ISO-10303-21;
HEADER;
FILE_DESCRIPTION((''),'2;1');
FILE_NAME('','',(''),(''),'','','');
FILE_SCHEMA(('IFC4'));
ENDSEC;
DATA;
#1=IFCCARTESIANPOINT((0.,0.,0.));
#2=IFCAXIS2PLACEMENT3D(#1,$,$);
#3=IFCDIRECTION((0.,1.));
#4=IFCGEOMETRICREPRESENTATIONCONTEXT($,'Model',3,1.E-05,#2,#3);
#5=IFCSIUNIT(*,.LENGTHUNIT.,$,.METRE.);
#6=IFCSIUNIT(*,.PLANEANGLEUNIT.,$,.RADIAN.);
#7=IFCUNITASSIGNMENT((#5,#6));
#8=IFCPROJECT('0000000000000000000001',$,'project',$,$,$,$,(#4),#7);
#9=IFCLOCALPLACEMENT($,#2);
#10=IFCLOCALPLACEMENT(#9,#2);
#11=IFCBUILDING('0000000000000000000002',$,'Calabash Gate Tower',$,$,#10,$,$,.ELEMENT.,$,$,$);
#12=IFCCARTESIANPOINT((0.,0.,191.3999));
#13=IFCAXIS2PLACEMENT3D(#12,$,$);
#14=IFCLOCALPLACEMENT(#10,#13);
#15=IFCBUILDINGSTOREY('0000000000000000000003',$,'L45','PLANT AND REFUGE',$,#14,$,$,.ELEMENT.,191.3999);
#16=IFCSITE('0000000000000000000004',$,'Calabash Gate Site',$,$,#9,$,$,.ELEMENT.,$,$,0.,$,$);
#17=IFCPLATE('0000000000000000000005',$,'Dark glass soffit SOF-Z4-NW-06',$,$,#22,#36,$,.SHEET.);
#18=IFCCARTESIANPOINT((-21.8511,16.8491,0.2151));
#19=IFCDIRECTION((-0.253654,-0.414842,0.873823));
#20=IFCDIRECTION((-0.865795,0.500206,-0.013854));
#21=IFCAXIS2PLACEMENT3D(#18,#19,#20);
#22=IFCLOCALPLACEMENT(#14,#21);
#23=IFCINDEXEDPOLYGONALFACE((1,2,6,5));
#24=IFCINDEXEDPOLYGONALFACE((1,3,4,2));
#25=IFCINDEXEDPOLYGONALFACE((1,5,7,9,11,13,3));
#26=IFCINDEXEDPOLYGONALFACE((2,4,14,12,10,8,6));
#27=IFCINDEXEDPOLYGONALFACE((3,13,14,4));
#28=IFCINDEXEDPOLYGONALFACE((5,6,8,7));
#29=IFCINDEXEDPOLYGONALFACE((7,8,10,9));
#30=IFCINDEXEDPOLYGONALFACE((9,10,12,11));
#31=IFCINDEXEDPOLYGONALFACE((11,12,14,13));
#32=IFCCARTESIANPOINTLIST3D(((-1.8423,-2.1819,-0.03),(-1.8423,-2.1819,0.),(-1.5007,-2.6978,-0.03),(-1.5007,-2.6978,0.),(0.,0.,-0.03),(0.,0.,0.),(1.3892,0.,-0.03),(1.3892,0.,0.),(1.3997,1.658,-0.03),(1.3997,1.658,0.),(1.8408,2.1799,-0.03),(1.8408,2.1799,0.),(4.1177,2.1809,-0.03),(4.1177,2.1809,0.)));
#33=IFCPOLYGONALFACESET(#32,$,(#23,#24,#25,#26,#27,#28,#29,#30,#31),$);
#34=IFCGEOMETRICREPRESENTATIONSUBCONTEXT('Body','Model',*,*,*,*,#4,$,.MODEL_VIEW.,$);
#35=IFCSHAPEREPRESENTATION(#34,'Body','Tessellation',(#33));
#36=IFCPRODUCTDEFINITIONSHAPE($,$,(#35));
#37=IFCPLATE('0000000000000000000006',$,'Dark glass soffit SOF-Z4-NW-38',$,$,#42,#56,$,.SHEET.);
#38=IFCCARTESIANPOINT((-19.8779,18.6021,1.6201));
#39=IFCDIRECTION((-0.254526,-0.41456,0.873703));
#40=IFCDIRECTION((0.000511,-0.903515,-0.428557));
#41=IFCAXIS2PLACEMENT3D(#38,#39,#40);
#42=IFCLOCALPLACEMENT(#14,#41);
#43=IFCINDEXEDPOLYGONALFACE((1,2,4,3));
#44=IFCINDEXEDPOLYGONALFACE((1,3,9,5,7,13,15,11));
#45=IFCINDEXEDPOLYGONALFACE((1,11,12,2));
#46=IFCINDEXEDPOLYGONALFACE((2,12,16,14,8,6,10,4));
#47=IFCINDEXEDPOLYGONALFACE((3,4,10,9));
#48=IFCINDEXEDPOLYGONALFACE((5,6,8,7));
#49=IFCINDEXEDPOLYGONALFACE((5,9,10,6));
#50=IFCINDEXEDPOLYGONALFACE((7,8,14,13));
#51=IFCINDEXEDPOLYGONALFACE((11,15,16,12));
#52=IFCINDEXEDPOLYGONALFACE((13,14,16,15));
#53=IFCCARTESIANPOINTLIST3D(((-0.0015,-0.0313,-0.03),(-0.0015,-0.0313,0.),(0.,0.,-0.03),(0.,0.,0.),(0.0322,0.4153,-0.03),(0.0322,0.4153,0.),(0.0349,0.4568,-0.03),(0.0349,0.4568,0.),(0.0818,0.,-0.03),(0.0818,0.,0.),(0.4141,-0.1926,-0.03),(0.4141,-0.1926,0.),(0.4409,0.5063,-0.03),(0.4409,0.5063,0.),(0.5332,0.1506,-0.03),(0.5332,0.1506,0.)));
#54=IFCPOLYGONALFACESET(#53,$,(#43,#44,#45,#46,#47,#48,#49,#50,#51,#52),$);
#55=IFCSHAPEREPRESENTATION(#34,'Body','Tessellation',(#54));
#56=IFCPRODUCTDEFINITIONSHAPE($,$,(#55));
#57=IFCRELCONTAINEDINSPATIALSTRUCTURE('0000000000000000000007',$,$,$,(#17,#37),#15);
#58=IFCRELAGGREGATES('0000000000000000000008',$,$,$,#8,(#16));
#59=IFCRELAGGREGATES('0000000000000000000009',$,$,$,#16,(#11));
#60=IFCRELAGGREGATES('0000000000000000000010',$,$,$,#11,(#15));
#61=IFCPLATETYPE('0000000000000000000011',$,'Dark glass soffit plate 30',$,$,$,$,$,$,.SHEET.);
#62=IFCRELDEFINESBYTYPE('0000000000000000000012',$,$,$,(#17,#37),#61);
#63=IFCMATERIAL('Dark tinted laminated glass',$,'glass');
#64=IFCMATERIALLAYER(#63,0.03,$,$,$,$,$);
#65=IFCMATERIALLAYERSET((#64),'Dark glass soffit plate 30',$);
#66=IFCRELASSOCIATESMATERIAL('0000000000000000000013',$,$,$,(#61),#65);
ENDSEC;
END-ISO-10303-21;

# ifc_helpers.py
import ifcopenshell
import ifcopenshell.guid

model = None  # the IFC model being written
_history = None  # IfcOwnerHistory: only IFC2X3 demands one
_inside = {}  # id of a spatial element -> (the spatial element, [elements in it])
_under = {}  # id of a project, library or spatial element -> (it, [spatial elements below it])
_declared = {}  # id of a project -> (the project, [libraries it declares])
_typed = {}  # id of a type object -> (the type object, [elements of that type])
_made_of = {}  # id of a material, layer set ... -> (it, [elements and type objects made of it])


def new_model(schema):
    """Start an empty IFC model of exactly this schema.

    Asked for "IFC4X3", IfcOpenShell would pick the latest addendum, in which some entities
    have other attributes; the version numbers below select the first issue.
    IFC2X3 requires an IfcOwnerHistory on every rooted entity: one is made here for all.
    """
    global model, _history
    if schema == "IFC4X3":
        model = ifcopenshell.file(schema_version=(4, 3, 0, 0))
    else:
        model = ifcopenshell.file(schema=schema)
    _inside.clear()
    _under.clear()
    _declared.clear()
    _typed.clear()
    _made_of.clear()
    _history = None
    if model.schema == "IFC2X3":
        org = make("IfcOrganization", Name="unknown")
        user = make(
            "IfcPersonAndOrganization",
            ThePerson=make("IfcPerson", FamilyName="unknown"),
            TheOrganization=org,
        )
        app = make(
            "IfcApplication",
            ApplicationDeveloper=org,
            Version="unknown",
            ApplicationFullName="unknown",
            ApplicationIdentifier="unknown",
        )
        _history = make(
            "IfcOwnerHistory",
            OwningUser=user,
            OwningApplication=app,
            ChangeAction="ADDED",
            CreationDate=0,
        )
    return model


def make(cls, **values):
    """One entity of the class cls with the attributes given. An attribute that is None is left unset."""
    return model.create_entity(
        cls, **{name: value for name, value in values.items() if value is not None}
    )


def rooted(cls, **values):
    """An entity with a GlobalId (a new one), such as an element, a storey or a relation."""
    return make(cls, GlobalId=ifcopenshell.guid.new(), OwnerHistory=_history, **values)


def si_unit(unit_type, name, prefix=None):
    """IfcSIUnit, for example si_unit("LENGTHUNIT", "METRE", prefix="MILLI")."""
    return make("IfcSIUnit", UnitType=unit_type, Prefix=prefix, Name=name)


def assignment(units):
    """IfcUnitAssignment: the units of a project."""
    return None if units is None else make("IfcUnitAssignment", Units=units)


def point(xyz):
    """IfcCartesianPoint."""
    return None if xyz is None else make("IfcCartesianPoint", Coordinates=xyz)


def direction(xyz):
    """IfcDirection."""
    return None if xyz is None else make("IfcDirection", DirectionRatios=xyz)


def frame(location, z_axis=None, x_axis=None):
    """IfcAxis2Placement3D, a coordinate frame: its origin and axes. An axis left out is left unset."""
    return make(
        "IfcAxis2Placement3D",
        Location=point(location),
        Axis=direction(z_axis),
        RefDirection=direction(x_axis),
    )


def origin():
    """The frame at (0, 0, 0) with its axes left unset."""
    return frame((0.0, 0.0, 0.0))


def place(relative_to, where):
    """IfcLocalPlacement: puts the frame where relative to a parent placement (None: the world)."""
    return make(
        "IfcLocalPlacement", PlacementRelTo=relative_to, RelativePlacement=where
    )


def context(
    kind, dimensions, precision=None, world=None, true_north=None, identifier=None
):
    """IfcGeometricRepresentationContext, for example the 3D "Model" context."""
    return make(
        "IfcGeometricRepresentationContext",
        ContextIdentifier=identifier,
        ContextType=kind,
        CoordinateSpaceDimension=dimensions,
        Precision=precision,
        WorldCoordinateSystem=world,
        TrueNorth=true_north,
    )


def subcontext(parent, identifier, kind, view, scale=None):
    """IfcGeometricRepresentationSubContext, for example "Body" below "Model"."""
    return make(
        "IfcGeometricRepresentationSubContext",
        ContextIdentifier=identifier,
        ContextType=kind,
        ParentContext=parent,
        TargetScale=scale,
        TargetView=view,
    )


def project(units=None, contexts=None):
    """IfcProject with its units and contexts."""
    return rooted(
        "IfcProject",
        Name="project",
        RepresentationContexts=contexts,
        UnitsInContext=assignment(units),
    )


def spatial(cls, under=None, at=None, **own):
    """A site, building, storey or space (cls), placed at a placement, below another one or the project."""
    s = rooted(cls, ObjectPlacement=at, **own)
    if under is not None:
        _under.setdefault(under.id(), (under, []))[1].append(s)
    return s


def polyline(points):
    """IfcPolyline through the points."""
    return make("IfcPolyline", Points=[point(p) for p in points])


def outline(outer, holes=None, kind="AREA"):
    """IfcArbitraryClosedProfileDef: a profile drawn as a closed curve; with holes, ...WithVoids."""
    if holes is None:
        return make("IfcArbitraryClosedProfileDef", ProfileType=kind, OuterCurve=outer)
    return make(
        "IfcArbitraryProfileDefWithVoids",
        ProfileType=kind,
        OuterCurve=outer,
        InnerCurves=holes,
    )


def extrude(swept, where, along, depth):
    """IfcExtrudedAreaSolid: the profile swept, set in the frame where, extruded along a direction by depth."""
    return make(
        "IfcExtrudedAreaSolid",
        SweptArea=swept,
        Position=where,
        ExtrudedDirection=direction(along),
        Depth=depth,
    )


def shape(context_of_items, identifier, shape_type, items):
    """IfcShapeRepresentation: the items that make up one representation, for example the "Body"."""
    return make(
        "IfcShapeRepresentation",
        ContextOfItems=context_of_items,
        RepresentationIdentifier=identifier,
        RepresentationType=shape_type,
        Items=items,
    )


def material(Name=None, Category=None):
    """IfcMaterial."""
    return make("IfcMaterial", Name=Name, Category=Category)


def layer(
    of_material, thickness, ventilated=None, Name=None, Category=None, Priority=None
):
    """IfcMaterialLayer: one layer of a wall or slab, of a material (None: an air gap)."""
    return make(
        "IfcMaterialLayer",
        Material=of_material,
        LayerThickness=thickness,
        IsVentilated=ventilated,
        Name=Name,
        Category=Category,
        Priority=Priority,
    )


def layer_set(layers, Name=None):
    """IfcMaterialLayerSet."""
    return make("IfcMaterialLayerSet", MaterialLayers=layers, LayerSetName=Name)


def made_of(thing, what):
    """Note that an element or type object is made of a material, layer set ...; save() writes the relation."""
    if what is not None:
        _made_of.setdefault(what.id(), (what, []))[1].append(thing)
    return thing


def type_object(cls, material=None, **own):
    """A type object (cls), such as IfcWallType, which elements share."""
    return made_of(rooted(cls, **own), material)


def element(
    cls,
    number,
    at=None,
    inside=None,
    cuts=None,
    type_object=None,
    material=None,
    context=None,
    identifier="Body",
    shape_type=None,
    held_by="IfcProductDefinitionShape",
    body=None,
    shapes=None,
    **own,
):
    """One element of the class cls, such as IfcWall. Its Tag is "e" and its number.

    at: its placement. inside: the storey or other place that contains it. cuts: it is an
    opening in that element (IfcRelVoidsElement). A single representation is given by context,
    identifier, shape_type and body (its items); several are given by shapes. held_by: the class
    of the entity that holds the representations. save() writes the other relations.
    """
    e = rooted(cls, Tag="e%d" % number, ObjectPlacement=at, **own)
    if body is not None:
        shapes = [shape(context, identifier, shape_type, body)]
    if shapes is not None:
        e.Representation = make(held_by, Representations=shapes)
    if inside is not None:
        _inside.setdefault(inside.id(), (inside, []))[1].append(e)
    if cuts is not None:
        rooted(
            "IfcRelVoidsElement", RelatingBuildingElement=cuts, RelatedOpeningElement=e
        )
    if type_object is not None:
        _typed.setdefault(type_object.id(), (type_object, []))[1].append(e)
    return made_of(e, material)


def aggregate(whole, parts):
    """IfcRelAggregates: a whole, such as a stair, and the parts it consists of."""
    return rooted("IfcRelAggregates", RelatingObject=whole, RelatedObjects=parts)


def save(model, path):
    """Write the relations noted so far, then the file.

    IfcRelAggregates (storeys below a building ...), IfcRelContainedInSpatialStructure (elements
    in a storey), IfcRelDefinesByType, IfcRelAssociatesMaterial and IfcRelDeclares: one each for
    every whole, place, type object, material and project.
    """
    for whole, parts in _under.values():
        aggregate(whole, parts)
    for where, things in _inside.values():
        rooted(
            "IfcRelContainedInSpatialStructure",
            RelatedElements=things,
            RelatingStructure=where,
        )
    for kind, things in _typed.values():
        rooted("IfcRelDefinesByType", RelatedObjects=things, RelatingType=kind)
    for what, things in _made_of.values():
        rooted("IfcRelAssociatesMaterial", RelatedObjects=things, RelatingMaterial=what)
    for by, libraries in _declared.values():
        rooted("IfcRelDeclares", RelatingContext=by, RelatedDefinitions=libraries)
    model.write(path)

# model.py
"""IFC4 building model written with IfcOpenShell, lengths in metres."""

from ifc_helpers import new_model, si_unit, direction, frame, origin, place, context, subcontext, project, spatial, polyline, outline, extrude, material, layer, layer_set, type_object, element, save


model = new_model("IFC4")

# Units and contexts
model_context = context("Model", 3, precision=1e-05, world=origin(), true_north=direction((0.0, 1.0)))
body_context = subcontext(model_context, "Body", "Model", "MODEL_VIEW")
ifc_project = project(units=[si_unit("LENGTHUNIT", "METRE"), si_unit("PLANEANGLEUNIT", "RADIAN")], contexts=[model_context])

# Site, building, storey
site_placement = place(None, origin())
site = spatial("IfcSite", under=ifc_project, at=site_placement, Name="Calabash Gate Site", CompositionType="ELEMENT", RefElevation=0.0)
building_placement = place(site_placement, origin())
building = spatial("IfcBuilding", under=site, at=building_placement, Name="Calabash Gate Tower", CompositionType="ELEMENT")
storey_placement = place(building_placement, frame((0.0, 0.0, 191.3999)))
storey = spatial("IfcBuildingStorey", under=building, at=storey_placement, Name="L45", Description="PLANT AND REFUGE", CompositionType="ELEMENT", Elevation=191.3999)

# Plates
ifc_material_1 = material(Name="Dark tinted laminated glass", Category="glass")
ifc_layer_1 = layer(ifc_material_1, 0.03)
ifc_layer_set_1 = layer_set([ifc_layer_1], Name="Dark glass soffit plate 30")
plate_type_1 = type_object("IfcPlateType", Name="Dark glass soffit plate 30", PredefinedType="SHEET", material=ifc_layer_set_1)
plate_1_placement = place(storey_placement, frame((-21.8511, 16.8491, 0.2151), z_axis=(-0.253654, -0.414842, 0.873823), x_axis=(-0.865795, 0.500206, -0.013854)))
element("IfcPlate", 1, at=plate_1_placement, inside=storey, type_object=plate_type_1, Name="Dark glass soffit SOF-Z4-NW-06", PredefinedType="SHEET", context=body_context, shape_type="SweptSolid", body=[
    extrude(outline(polyline([(0.0, 0.0), (1.3892, 0.0), (1.3997, 1.658), (1.8408, 2.1799), (4.1177, 2.1809), (-1.5007, -2.6978), (-1.8423, -2.1819), (0.0, 0.0)])), origin(), (0.0, 0.0, -1.0), 0.03),
])
plate_2_placement = place(storey_placement, frame((-19.8779, 18.6021, 1.6201), z_axis=(-0.254526, -0.41456, 0.873703), x_axis=(0.000511, -0.903515, -0.428557)))
element("IfcPlate", 2, at=plate_2_placement, inside=storey, type_object=plate_type_1, Name="Dark glass soffit SOF-Z4-NW-38", PredefinedType="SHEET", context=body_context, shape_type="SweptSolid", body=[
    extrude(outline(polyline([(0.0, 0.0), (0.0818, 0.0), (0.0322, 0.4153), (0.0349, 0.4568), (0.4409, 0.5063), (0.5332, 0.1506), (0.4141, -0.1926), (-0.0015, -0.0312), (0.0, 0.0)])), origin(), (0.0, 0.0, -1.0), 0.03),
])

save(model, "model.ifc")
